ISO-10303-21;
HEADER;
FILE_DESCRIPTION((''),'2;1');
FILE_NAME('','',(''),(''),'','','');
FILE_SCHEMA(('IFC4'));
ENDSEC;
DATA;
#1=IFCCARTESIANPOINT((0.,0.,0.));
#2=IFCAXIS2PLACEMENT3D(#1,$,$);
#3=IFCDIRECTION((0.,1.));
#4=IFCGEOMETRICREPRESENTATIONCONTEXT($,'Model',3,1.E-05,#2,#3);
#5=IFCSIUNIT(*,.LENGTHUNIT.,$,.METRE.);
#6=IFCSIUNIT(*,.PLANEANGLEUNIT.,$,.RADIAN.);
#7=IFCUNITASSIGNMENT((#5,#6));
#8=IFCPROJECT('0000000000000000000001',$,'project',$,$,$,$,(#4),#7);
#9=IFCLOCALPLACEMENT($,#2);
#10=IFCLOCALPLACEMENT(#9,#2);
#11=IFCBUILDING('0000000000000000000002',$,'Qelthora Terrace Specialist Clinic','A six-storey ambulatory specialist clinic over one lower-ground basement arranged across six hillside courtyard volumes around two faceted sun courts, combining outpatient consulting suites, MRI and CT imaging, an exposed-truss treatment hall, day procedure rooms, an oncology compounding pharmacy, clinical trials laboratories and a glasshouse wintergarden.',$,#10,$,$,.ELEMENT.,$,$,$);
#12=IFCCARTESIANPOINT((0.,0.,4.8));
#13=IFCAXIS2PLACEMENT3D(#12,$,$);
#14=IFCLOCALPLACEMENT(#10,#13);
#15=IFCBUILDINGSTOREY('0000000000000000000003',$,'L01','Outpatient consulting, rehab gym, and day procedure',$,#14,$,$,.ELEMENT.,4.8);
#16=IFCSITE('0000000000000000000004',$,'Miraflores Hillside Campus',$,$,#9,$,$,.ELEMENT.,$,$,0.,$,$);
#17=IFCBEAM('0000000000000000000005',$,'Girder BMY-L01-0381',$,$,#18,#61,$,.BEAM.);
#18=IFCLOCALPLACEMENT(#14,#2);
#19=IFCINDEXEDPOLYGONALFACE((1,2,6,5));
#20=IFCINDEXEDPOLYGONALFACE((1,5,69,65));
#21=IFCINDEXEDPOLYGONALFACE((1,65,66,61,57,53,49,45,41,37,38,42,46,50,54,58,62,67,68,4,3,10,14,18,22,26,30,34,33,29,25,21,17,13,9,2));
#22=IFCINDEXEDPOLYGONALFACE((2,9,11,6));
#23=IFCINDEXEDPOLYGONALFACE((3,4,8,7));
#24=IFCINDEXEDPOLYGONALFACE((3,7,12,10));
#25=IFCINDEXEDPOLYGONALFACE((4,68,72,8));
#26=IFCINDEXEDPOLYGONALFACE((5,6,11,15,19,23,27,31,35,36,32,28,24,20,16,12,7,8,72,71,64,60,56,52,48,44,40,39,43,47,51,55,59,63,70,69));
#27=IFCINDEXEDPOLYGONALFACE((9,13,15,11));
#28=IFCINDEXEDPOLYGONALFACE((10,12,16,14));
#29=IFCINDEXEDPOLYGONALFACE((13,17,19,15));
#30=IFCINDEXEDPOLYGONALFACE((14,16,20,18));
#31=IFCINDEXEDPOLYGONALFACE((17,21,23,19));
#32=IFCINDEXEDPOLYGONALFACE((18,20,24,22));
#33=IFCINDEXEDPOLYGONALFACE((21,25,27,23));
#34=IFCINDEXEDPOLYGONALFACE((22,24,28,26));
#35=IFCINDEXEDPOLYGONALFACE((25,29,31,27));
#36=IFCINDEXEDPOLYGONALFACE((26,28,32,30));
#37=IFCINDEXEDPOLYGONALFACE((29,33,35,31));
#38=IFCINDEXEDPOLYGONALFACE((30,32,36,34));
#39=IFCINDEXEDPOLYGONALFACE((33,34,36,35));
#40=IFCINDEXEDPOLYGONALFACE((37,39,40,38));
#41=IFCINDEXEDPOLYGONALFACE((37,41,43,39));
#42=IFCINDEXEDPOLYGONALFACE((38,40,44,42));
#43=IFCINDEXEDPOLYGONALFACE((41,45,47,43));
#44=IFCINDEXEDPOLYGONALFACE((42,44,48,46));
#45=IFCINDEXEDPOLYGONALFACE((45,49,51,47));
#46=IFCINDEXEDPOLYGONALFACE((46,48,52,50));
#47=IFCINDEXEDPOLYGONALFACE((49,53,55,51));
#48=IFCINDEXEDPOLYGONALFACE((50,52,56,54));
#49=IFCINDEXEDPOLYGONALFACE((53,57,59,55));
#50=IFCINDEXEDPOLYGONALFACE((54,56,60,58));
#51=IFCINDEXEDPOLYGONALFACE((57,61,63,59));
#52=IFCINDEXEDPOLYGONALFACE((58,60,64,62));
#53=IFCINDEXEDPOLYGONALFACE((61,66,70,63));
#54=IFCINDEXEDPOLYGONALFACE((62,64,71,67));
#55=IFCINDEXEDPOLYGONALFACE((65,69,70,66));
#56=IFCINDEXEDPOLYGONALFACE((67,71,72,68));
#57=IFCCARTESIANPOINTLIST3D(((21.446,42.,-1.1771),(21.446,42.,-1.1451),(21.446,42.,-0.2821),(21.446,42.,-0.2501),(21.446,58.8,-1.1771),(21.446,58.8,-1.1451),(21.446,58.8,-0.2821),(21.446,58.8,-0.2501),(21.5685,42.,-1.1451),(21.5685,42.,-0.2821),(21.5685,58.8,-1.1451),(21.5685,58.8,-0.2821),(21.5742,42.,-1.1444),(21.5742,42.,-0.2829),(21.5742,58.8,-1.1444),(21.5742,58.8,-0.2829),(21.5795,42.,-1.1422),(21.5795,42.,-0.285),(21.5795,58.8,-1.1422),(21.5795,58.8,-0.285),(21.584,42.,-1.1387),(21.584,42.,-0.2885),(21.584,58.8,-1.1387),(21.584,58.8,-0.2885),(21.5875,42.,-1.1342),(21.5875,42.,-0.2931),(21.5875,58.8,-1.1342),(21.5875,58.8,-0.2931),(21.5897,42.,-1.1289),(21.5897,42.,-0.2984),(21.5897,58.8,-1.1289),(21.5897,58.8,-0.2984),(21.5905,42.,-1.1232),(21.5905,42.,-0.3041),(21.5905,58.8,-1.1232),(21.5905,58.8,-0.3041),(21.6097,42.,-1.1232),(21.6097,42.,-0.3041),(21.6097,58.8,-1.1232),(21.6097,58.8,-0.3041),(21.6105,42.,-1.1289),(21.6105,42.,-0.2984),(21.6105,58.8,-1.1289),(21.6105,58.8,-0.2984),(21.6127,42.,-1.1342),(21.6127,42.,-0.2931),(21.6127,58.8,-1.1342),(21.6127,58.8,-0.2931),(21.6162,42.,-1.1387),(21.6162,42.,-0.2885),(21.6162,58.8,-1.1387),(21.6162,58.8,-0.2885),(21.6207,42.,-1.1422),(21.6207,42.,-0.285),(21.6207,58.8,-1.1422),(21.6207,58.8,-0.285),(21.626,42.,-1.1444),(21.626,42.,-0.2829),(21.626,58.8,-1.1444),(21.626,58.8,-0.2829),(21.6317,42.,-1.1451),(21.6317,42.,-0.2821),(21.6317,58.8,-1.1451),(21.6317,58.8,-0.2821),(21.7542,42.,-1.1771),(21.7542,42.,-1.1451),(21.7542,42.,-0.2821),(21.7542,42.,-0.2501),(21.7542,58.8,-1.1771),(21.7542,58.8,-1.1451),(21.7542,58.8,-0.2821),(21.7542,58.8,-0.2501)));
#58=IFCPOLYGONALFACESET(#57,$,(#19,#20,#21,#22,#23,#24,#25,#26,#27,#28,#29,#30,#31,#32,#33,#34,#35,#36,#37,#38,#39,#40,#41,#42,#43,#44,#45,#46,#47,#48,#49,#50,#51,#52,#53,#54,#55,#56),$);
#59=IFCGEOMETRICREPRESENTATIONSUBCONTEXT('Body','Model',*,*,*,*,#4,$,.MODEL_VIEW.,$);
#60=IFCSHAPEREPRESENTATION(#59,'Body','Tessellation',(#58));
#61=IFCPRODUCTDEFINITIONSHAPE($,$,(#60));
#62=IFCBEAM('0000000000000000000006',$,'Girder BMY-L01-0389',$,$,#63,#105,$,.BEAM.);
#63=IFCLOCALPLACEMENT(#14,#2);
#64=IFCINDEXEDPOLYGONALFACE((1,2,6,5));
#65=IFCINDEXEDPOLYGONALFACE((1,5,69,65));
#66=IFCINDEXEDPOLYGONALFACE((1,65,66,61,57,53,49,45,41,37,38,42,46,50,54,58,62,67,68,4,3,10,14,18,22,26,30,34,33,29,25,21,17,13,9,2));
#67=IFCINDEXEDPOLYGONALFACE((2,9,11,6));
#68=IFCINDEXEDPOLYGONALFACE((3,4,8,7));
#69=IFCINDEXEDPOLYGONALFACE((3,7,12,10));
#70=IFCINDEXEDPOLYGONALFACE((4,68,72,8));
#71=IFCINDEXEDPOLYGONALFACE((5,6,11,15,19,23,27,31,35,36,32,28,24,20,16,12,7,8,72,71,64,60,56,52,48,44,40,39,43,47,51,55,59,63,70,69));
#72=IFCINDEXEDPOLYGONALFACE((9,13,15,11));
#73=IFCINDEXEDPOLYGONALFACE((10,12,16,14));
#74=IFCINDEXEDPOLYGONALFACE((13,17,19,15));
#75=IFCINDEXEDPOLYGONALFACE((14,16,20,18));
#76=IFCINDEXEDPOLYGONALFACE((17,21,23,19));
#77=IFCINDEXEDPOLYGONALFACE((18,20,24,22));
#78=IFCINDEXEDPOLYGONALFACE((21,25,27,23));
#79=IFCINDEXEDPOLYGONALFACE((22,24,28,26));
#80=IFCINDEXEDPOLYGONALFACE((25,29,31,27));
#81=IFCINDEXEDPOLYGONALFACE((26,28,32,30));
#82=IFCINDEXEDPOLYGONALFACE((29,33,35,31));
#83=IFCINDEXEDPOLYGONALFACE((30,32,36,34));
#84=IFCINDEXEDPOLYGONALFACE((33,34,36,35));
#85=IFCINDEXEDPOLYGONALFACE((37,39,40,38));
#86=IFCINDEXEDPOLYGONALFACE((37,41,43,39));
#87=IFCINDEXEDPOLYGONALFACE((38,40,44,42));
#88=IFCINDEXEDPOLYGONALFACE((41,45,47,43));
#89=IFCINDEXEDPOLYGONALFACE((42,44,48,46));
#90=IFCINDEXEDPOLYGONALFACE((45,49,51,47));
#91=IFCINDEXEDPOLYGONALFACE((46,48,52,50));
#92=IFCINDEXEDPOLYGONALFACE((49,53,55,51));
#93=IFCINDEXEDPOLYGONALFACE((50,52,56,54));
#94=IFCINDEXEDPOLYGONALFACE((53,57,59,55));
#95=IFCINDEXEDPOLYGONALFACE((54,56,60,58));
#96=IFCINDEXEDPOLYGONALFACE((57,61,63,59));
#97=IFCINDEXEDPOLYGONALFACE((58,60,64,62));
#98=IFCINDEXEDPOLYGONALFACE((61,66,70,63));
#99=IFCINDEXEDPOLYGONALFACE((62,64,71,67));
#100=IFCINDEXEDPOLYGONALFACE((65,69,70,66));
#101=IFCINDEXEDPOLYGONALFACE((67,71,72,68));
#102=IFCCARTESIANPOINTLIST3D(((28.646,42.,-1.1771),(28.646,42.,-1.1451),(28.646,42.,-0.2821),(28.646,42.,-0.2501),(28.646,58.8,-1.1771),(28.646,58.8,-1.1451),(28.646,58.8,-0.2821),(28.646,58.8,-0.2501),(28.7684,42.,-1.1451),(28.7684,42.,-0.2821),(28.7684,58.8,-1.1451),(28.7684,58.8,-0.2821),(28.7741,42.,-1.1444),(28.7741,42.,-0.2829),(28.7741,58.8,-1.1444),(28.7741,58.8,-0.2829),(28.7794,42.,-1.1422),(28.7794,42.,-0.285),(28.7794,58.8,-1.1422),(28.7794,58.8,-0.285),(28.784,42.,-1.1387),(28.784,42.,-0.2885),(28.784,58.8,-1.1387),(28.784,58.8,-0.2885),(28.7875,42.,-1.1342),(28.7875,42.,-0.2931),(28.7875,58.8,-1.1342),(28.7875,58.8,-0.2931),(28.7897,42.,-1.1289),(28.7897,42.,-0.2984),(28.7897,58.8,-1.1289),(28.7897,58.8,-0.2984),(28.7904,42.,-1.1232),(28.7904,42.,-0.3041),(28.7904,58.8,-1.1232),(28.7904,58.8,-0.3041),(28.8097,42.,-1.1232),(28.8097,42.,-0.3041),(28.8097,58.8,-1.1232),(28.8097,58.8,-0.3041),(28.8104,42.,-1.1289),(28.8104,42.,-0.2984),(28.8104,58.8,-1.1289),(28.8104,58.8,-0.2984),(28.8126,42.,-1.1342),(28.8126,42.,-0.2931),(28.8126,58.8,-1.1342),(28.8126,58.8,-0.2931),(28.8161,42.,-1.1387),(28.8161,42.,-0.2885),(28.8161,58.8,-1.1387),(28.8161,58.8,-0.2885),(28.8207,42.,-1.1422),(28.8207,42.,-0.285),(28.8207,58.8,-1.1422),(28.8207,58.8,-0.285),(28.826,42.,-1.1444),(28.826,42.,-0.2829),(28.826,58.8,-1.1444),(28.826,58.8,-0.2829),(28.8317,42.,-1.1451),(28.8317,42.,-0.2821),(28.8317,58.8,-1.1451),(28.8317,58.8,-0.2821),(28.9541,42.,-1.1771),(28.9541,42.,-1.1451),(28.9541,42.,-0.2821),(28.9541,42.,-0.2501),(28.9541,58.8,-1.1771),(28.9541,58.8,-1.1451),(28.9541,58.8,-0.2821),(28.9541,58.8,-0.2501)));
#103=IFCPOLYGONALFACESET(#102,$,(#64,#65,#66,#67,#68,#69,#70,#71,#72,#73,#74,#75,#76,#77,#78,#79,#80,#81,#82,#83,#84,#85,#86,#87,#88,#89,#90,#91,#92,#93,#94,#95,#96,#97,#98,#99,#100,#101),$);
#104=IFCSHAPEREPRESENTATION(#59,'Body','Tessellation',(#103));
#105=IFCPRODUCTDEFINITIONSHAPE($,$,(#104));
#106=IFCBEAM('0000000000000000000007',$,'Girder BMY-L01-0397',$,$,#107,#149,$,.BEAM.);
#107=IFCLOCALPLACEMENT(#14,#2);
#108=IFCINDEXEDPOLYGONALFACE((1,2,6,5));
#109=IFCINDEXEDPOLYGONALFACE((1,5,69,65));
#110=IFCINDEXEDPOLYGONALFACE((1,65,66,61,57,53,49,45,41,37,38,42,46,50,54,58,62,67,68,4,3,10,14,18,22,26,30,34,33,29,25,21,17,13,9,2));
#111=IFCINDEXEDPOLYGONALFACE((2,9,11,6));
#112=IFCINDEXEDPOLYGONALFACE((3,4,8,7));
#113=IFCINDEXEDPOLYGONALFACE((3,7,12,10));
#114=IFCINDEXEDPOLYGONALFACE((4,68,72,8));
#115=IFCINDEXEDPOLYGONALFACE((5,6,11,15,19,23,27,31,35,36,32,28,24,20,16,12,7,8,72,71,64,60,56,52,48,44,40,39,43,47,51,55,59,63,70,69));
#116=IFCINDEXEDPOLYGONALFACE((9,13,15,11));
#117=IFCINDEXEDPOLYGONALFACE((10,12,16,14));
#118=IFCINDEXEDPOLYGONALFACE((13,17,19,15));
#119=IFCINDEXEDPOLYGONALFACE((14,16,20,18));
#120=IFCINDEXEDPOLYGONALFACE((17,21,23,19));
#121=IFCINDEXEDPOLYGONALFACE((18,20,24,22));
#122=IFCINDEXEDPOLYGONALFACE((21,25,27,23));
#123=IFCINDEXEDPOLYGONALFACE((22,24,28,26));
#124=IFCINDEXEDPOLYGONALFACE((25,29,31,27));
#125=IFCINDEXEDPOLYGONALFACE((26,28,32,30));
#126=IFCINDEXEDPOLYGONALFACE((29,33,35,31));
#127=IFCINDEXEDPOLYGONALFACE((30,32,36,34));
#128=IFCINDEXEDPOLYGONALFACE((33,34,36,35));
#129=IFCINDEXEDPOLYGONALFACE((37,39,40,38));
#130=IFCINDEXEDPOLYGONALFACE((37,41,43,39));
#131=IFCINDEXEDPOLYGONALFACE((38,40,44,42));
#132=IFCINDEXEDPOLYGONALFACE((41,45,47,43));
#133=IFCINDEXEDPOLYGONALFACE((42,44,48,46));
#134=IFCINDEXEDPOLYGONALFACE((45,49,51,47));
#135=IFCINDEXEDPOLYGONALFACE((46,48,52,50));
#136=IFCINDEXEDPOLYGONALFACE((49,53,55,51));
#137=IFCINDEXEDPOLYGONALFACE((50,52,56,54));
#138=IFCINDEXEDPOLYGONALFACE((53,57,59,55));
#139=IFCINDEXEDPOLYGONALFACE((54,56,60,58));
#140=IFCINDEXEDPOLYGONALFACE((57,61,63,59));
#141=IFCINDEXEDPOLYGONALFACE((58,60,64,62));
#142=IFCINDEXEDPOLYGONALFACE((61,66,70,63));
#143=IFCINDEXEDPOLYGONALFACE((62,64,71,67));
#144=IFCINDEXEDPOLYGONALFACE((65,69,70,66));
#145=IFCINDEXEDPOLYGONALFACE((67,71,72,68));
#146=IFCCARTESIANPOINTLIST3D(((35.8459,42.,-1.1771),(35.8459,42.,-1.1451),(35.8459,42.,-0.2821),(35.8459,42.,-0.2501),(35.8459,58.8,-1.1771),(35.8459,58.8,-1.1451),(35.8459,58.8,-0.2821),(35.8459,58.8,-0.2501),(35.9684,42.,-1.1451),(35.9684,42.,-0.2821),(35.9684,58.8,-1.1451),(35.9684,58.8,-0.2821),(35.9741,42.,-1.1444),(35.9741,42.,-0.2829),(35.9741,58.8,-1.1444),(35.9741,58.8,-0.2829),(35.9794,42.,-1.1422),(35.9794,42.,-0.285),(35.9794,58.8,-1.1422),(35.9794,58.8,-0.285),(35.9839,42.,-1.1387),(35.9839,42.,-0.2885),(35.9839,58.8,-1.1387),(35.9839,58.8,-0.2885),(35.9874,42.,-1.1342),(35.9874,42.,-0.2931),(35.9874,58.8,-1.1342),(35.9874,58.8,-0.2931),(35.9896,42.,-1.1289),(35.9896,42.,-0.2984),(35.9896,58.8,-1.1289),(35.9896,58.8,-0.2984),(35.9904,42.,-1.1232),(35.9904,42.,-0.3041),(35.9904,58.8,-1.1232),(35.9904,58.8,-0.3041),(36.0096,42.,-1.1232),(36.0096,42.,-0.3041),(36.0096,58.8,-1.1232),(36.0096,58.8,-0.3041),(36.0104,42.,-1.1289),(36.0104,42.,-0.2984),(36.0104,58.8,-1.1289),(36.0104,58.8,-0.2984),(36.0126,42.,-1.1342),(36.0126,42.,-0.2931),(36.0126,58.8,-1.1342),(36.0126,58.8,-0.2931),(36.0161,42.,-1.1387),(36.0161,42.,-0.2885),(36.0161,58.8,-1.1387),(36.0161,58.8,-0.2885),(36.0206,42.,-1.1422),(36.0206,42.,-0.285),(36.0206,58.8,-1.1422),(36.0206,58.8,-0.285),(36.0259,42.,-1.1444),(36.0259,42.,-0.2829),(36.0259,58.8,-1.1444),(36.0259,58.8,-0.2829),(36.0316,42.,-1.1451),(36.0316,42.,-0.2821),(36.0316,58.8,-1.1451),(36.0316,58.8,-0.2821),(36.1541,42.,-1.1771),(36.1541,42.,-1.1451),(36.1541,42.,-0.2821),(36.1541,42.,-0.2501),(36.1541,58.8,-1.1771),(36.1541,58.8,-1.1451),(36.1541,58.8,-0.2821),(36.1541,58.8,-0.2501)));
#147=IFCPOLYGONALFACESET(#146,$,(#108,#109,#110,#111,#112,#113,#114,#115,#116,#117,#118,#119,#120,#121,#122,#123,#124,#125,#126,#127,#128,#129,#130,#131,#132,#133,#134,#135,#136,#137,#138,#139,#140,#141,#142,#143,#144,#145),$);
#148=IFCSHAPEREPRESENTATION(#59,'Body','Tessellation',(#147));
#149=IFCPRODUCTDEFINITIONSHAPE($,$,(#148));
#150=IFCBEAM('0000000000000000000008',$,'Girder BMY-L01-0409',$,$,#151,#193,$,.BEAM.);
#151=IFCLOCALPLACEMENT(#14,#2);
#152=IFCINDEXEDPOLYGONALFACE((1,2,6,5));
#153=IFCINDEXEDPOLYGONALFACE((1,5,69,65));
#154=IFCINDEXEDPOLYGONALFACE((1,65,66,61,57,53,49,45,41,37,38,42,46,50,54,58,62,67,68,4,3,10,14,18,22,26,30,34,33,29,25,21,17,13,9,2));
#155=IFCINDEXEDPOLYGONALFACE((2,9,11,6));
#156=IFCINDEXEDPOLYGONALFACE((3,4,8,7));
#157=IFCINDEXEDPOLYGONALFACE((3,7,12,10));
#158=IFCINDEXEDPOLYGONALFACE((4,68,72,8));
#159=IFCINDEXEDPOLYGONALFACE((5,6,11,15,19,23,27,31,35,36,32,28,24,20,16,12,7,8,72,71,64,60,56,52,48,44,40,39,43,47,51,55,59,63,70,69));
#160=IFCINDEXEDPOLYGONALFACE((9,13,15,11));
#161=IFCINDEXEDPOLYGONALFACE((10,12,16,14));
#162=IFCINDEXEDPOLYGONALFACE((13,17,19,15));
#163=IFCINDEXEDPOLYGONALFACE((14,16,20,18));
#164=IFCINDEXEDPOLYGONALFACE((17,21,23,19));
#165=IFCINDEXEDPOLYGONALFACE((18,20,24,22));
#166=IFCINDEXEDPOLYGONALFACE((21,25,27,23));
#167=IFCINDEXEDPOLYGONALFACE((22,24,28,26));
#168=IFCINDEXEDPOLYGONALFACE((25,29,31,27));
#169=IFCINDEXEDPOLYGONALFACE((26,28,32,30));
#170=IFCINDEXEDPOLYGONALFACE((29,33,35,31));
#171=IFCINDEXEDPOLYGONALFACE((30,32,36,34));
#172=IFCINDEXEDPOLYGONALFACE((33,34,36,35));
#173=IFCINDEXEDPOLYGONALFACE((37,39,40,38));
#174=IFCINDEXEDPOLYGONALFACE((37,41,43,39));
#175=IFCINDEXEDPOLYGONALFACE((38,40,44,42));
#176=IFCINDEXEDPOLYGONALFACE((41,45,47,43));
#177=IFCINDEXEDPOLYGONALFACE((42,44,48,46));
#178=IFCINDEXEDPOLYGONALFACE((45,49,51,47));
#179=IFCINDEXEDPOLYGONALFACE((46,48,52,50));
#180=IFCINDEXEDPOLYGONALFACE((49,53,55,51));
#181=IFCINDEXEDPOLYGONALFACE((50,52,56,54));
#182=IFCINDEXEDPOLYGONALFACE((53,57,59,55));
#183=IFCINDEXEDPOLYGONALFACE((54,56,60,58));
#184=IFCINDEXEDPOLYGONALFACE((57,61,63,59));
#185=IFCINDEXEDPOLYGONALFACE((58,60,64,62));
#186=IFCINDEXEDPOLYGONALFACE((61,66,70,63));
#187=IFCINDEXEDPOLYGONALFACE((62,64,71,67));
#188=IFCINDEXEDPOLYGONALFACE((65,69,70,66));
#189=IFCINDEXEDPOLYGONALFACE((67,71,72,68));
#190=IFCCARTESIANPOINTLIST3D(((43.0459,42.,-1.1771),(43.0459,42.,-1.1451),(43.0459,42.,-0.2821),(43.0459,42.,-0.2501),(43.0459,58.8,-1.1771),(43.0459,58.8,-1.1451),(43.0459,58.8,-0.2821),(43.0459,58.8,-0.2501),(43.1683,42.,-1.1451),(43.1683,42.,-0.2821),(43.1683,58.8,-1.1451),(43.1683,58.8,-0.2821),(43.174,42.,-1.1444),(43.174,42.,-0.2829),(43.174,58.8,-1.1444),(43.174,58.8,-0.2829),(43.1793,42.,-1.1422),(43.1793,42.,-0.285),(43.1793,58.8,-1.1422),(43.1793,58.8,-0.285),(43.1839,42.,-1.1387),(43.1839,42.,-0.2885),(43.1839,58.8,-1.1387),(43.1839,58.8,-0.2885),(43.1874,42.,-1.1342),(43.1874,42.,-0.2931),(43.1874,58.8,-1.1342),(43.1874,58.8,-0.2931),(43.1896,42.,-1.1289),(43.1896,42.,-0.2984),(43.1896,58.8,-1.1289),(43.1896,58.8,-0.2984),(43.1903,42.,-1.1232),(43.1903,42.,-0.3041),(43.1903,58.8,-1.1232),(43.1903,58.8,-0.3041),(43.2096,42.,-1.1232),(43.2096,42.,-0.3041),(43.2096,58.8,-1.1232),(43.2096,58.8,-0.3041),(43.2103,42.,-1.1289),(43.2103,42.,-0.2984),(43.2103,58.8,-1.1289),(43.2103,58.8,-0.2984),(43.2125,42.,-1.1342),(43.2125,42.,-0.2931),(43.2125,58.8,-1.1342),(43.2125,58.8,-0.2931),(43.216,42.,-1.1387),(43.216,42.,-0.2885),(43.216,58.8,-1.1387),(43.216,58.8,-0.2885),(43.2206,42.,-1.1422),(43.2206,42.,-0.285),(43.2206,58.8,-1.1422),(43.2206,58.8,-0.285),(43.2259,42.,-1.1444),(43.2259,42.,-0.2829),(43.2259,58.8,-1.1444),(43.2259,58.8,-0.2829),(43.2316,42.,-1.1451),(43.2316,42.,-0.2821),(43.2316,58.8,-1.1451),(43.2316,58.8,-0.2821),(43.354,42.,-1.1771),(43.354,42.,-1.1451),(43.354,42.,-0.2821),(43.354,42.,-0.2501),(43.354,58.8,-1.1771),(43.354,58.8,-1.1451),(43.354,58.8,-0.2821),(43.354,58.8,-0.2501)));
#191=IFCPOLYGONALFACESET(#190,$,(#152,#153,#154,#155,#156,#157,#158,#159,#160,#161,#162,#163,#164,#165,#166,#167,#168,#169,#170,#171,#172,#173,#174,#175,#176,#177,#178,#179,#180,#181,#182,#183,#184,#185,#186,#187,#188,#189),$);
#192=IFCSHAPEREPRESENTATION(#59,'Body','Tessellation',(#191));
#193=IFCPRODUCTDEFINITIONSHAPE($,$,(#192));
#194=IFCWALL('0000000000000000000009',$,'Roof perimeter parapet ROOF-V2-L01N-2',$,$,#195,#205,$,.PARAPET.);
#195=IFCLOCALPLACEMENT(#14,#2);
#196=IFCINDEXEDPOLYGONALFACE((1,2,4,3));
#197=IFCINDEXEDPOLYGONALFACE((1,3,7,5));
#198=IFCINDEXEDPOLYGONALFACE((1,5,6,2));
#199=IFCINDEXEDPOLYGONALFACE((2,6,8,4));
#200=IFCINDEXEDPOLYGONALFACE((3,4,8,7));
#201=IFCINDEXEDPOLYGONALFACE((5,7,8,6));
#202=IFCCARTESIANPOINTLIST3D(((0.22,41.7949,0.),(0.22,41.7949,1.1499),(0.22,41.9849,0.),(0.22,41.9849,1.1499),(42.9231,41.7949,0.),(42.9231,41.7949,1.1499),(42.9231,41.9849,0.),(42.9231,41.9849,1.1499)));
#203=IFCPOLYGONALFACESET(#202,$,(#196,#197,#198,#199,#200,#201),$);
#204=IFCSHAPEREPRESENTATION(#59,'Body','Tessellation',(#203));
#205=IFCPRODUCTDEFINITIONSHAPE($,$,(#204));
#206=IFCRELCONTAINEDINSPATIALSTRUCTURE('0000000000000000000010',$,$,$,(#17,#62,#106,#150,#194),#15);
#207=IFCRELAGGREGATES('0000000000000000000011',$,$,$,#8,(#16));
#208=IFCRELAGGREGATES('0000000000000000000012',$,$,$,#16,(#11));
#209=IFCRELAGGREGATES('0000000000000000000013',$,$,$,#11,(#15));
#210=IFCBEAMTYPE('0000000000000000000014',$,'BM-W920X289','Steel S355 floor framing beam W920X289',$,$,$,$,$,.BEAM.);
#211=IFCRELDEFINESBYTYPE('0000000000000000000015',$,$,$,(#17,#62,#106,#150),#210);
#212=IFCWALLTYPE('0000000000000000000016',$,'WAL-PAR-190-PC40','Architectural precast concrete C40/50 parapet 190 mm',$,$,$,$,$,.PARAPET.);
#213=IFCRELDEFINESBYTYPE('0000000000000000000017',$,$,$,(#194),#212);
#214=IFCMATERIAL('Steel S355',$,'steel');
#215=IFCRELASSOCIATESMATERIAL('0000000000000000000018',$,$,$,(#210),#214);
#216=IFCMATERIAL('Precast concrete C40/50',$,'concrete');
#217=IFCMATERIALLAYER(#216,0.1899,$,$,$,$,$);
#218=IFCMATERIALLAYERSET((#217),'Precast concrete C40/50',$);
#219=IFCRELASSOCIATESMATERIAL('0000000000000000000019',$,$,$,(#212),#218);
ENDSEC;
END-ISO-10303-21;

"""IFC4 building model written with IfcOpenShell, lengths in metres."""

from ifc_helpers import new_model, si_unit, direction, frame, frame_2d, origin, origin_2d, place, context, subcontext, project, spatial, rectangle, i_section, extrude, material, layer, layer_set, material_profile, profile_set, type_object, element, save


model = new_model("IFC4")

# Units and contexts
model_context = context("Model", 3, precision=1e-05, world=origin(), true_north=direction((0.0, 1.0)))
body_context = subcontext(model_context, "Body", "Model", "MODEL_VIEW")
ifc_project = project(units=[si_unit("LENGTHUNIT", "METRE"), si_unit("PLANEANGLEUNIT", "RADIAN")], contexts=[model_context])

# Site, building, storey
site_placement = place(None, origin())
site = spatial("IfcSite", under=ifc_project, at=site_placement, Name="Miraflores Hillside Campus", CompositionType="ELEMENT", RefElevation=0.0)
building_placement = place(site_placement, origin())
building = spatial("IfcBuilding", under=site, at=building_placement, Name="Qelthora Terrace Specialist Clinic", Description="A six-storey ambulatory specialist clinic over one lower-ground basement arranged across six hillside courtyard volumes around two faceted sun courts, combining outpatient consulting suites, MRI and CT imaging, an exposed-truss treatment hall, day procedure rooms, an oncology compounding pharmacy, clinical trials laboratories and a glasshouse wintergarden.", CompositionType="ELEMENT")
storey_placement = place(building_placement, frame((0.0, 0.0, 4.8)))
storey = spatial("IfcBuildingStorey", under=building, at=storey_placement, Name="L01", Description="Outpatient consulting, rehab gym, and day procedure", CompositionType="ELEMENT", Elevation=4.8)

# Beams
ifc_material_1 = material(Name="Steel S355", Category="steel")
ifc_material_profile_1 = material_profile(ifc_material_1, i_section(OverallWidth=0.3081, OverallDepth=0.927, WebThickness=0.0193, FlangeThickness=0.032, FilletRadius=0.022, at=origin_2d()), Name="W920X289")
ifc_profile_set_1 = profile_set([ifc_material_profile_1], Name="Steel S355")
beam_type_1 = type_object("IfcBeamType", Name="BM-W920X289", Description="Steel S355 floor framing beam W920X289", PredefinedType="BEAM", material=ifc_profile_set_1)
for number, where, z_axis, x_axis, name in (
    (1, (21.6001, 42.0, -0.7136), (0.0, 1.0, 0.0), (-1.0, 0.0, 0.0), "Girder BMY-L01-0381"),
    (2, (28.8, 42.0, -0.7136), (0.0, 1.0, 0.0), (-1.0, 0.0, 0.0), "Girder BMY-L01-0389"),
    (3, (36.0, 42.0, -0.7136), (0.0, 1.0, 0.0), (-1.0, 0.0, 0.0), "Girder BMY-L01-0397"),
    (4, (43.2, 42.0, -0.7136), (0.0, 1.0, 0.0), (-1.0, 0.0, 0.0), "Girder BMY-L01-0409"),
):
    element("IfcBeam", number, at=place(storey_placement, frame(where, z_axis=z_axis, x_axis=x_axis)), inside=storey, type_object=beam_type_1, Name=name, PredefinedType="BEAM", context=body_context, shape_type="SweptSolid", body=[
        extrude(i_section(OverallWidth=0.3081, OverallDepth=0.927, WebThickness=0.0193, FlangeThickness=0.032, FilletRadius=0.022, at=origin_2d()), origin(), (0.0, 0.0, 1.0), 16.8),
    ])

# Wall
ifc_material_2 = material(Name="Precast concrete C40/50", Category="concrete")
ifc_layer = layer(ifc_material_2, 0.1899)
ifc_layer_set = layer_set([ifc_layer], Name="Precast concrete C40/50")
wall_type = type_object("IfcWallType", Name="WAL-PAR-190-PC40", Description="Architectural precast concrete C40/50 parapet 190 mm", PredefinedType="PARAPET", material=ifc_layer_set)
wall_placement = place(storey_placement, frame((42.9231, 41.8899, 0.0), z_axis=(0.0, 0.0, 1.0), x_axis=(-1.0, 0.0, 0.0)))
element("IfcWall", 5, at=wall_placement, inside=storey, type_object=wall_type, Name="Roof perimeter parapet ROOF-V2-L01N-2", PredefinedType="PARAPET", context=body_context, shape_type="SweptSolid", body=[
    extrude(rectangle(XDim=42.7031, YDim=0.1899, at=frame_2d((21.3516, 0.0))), origin(), (0.0, 0.0, 1.0), 1.1499),
])

save(model, "model.ifc")
